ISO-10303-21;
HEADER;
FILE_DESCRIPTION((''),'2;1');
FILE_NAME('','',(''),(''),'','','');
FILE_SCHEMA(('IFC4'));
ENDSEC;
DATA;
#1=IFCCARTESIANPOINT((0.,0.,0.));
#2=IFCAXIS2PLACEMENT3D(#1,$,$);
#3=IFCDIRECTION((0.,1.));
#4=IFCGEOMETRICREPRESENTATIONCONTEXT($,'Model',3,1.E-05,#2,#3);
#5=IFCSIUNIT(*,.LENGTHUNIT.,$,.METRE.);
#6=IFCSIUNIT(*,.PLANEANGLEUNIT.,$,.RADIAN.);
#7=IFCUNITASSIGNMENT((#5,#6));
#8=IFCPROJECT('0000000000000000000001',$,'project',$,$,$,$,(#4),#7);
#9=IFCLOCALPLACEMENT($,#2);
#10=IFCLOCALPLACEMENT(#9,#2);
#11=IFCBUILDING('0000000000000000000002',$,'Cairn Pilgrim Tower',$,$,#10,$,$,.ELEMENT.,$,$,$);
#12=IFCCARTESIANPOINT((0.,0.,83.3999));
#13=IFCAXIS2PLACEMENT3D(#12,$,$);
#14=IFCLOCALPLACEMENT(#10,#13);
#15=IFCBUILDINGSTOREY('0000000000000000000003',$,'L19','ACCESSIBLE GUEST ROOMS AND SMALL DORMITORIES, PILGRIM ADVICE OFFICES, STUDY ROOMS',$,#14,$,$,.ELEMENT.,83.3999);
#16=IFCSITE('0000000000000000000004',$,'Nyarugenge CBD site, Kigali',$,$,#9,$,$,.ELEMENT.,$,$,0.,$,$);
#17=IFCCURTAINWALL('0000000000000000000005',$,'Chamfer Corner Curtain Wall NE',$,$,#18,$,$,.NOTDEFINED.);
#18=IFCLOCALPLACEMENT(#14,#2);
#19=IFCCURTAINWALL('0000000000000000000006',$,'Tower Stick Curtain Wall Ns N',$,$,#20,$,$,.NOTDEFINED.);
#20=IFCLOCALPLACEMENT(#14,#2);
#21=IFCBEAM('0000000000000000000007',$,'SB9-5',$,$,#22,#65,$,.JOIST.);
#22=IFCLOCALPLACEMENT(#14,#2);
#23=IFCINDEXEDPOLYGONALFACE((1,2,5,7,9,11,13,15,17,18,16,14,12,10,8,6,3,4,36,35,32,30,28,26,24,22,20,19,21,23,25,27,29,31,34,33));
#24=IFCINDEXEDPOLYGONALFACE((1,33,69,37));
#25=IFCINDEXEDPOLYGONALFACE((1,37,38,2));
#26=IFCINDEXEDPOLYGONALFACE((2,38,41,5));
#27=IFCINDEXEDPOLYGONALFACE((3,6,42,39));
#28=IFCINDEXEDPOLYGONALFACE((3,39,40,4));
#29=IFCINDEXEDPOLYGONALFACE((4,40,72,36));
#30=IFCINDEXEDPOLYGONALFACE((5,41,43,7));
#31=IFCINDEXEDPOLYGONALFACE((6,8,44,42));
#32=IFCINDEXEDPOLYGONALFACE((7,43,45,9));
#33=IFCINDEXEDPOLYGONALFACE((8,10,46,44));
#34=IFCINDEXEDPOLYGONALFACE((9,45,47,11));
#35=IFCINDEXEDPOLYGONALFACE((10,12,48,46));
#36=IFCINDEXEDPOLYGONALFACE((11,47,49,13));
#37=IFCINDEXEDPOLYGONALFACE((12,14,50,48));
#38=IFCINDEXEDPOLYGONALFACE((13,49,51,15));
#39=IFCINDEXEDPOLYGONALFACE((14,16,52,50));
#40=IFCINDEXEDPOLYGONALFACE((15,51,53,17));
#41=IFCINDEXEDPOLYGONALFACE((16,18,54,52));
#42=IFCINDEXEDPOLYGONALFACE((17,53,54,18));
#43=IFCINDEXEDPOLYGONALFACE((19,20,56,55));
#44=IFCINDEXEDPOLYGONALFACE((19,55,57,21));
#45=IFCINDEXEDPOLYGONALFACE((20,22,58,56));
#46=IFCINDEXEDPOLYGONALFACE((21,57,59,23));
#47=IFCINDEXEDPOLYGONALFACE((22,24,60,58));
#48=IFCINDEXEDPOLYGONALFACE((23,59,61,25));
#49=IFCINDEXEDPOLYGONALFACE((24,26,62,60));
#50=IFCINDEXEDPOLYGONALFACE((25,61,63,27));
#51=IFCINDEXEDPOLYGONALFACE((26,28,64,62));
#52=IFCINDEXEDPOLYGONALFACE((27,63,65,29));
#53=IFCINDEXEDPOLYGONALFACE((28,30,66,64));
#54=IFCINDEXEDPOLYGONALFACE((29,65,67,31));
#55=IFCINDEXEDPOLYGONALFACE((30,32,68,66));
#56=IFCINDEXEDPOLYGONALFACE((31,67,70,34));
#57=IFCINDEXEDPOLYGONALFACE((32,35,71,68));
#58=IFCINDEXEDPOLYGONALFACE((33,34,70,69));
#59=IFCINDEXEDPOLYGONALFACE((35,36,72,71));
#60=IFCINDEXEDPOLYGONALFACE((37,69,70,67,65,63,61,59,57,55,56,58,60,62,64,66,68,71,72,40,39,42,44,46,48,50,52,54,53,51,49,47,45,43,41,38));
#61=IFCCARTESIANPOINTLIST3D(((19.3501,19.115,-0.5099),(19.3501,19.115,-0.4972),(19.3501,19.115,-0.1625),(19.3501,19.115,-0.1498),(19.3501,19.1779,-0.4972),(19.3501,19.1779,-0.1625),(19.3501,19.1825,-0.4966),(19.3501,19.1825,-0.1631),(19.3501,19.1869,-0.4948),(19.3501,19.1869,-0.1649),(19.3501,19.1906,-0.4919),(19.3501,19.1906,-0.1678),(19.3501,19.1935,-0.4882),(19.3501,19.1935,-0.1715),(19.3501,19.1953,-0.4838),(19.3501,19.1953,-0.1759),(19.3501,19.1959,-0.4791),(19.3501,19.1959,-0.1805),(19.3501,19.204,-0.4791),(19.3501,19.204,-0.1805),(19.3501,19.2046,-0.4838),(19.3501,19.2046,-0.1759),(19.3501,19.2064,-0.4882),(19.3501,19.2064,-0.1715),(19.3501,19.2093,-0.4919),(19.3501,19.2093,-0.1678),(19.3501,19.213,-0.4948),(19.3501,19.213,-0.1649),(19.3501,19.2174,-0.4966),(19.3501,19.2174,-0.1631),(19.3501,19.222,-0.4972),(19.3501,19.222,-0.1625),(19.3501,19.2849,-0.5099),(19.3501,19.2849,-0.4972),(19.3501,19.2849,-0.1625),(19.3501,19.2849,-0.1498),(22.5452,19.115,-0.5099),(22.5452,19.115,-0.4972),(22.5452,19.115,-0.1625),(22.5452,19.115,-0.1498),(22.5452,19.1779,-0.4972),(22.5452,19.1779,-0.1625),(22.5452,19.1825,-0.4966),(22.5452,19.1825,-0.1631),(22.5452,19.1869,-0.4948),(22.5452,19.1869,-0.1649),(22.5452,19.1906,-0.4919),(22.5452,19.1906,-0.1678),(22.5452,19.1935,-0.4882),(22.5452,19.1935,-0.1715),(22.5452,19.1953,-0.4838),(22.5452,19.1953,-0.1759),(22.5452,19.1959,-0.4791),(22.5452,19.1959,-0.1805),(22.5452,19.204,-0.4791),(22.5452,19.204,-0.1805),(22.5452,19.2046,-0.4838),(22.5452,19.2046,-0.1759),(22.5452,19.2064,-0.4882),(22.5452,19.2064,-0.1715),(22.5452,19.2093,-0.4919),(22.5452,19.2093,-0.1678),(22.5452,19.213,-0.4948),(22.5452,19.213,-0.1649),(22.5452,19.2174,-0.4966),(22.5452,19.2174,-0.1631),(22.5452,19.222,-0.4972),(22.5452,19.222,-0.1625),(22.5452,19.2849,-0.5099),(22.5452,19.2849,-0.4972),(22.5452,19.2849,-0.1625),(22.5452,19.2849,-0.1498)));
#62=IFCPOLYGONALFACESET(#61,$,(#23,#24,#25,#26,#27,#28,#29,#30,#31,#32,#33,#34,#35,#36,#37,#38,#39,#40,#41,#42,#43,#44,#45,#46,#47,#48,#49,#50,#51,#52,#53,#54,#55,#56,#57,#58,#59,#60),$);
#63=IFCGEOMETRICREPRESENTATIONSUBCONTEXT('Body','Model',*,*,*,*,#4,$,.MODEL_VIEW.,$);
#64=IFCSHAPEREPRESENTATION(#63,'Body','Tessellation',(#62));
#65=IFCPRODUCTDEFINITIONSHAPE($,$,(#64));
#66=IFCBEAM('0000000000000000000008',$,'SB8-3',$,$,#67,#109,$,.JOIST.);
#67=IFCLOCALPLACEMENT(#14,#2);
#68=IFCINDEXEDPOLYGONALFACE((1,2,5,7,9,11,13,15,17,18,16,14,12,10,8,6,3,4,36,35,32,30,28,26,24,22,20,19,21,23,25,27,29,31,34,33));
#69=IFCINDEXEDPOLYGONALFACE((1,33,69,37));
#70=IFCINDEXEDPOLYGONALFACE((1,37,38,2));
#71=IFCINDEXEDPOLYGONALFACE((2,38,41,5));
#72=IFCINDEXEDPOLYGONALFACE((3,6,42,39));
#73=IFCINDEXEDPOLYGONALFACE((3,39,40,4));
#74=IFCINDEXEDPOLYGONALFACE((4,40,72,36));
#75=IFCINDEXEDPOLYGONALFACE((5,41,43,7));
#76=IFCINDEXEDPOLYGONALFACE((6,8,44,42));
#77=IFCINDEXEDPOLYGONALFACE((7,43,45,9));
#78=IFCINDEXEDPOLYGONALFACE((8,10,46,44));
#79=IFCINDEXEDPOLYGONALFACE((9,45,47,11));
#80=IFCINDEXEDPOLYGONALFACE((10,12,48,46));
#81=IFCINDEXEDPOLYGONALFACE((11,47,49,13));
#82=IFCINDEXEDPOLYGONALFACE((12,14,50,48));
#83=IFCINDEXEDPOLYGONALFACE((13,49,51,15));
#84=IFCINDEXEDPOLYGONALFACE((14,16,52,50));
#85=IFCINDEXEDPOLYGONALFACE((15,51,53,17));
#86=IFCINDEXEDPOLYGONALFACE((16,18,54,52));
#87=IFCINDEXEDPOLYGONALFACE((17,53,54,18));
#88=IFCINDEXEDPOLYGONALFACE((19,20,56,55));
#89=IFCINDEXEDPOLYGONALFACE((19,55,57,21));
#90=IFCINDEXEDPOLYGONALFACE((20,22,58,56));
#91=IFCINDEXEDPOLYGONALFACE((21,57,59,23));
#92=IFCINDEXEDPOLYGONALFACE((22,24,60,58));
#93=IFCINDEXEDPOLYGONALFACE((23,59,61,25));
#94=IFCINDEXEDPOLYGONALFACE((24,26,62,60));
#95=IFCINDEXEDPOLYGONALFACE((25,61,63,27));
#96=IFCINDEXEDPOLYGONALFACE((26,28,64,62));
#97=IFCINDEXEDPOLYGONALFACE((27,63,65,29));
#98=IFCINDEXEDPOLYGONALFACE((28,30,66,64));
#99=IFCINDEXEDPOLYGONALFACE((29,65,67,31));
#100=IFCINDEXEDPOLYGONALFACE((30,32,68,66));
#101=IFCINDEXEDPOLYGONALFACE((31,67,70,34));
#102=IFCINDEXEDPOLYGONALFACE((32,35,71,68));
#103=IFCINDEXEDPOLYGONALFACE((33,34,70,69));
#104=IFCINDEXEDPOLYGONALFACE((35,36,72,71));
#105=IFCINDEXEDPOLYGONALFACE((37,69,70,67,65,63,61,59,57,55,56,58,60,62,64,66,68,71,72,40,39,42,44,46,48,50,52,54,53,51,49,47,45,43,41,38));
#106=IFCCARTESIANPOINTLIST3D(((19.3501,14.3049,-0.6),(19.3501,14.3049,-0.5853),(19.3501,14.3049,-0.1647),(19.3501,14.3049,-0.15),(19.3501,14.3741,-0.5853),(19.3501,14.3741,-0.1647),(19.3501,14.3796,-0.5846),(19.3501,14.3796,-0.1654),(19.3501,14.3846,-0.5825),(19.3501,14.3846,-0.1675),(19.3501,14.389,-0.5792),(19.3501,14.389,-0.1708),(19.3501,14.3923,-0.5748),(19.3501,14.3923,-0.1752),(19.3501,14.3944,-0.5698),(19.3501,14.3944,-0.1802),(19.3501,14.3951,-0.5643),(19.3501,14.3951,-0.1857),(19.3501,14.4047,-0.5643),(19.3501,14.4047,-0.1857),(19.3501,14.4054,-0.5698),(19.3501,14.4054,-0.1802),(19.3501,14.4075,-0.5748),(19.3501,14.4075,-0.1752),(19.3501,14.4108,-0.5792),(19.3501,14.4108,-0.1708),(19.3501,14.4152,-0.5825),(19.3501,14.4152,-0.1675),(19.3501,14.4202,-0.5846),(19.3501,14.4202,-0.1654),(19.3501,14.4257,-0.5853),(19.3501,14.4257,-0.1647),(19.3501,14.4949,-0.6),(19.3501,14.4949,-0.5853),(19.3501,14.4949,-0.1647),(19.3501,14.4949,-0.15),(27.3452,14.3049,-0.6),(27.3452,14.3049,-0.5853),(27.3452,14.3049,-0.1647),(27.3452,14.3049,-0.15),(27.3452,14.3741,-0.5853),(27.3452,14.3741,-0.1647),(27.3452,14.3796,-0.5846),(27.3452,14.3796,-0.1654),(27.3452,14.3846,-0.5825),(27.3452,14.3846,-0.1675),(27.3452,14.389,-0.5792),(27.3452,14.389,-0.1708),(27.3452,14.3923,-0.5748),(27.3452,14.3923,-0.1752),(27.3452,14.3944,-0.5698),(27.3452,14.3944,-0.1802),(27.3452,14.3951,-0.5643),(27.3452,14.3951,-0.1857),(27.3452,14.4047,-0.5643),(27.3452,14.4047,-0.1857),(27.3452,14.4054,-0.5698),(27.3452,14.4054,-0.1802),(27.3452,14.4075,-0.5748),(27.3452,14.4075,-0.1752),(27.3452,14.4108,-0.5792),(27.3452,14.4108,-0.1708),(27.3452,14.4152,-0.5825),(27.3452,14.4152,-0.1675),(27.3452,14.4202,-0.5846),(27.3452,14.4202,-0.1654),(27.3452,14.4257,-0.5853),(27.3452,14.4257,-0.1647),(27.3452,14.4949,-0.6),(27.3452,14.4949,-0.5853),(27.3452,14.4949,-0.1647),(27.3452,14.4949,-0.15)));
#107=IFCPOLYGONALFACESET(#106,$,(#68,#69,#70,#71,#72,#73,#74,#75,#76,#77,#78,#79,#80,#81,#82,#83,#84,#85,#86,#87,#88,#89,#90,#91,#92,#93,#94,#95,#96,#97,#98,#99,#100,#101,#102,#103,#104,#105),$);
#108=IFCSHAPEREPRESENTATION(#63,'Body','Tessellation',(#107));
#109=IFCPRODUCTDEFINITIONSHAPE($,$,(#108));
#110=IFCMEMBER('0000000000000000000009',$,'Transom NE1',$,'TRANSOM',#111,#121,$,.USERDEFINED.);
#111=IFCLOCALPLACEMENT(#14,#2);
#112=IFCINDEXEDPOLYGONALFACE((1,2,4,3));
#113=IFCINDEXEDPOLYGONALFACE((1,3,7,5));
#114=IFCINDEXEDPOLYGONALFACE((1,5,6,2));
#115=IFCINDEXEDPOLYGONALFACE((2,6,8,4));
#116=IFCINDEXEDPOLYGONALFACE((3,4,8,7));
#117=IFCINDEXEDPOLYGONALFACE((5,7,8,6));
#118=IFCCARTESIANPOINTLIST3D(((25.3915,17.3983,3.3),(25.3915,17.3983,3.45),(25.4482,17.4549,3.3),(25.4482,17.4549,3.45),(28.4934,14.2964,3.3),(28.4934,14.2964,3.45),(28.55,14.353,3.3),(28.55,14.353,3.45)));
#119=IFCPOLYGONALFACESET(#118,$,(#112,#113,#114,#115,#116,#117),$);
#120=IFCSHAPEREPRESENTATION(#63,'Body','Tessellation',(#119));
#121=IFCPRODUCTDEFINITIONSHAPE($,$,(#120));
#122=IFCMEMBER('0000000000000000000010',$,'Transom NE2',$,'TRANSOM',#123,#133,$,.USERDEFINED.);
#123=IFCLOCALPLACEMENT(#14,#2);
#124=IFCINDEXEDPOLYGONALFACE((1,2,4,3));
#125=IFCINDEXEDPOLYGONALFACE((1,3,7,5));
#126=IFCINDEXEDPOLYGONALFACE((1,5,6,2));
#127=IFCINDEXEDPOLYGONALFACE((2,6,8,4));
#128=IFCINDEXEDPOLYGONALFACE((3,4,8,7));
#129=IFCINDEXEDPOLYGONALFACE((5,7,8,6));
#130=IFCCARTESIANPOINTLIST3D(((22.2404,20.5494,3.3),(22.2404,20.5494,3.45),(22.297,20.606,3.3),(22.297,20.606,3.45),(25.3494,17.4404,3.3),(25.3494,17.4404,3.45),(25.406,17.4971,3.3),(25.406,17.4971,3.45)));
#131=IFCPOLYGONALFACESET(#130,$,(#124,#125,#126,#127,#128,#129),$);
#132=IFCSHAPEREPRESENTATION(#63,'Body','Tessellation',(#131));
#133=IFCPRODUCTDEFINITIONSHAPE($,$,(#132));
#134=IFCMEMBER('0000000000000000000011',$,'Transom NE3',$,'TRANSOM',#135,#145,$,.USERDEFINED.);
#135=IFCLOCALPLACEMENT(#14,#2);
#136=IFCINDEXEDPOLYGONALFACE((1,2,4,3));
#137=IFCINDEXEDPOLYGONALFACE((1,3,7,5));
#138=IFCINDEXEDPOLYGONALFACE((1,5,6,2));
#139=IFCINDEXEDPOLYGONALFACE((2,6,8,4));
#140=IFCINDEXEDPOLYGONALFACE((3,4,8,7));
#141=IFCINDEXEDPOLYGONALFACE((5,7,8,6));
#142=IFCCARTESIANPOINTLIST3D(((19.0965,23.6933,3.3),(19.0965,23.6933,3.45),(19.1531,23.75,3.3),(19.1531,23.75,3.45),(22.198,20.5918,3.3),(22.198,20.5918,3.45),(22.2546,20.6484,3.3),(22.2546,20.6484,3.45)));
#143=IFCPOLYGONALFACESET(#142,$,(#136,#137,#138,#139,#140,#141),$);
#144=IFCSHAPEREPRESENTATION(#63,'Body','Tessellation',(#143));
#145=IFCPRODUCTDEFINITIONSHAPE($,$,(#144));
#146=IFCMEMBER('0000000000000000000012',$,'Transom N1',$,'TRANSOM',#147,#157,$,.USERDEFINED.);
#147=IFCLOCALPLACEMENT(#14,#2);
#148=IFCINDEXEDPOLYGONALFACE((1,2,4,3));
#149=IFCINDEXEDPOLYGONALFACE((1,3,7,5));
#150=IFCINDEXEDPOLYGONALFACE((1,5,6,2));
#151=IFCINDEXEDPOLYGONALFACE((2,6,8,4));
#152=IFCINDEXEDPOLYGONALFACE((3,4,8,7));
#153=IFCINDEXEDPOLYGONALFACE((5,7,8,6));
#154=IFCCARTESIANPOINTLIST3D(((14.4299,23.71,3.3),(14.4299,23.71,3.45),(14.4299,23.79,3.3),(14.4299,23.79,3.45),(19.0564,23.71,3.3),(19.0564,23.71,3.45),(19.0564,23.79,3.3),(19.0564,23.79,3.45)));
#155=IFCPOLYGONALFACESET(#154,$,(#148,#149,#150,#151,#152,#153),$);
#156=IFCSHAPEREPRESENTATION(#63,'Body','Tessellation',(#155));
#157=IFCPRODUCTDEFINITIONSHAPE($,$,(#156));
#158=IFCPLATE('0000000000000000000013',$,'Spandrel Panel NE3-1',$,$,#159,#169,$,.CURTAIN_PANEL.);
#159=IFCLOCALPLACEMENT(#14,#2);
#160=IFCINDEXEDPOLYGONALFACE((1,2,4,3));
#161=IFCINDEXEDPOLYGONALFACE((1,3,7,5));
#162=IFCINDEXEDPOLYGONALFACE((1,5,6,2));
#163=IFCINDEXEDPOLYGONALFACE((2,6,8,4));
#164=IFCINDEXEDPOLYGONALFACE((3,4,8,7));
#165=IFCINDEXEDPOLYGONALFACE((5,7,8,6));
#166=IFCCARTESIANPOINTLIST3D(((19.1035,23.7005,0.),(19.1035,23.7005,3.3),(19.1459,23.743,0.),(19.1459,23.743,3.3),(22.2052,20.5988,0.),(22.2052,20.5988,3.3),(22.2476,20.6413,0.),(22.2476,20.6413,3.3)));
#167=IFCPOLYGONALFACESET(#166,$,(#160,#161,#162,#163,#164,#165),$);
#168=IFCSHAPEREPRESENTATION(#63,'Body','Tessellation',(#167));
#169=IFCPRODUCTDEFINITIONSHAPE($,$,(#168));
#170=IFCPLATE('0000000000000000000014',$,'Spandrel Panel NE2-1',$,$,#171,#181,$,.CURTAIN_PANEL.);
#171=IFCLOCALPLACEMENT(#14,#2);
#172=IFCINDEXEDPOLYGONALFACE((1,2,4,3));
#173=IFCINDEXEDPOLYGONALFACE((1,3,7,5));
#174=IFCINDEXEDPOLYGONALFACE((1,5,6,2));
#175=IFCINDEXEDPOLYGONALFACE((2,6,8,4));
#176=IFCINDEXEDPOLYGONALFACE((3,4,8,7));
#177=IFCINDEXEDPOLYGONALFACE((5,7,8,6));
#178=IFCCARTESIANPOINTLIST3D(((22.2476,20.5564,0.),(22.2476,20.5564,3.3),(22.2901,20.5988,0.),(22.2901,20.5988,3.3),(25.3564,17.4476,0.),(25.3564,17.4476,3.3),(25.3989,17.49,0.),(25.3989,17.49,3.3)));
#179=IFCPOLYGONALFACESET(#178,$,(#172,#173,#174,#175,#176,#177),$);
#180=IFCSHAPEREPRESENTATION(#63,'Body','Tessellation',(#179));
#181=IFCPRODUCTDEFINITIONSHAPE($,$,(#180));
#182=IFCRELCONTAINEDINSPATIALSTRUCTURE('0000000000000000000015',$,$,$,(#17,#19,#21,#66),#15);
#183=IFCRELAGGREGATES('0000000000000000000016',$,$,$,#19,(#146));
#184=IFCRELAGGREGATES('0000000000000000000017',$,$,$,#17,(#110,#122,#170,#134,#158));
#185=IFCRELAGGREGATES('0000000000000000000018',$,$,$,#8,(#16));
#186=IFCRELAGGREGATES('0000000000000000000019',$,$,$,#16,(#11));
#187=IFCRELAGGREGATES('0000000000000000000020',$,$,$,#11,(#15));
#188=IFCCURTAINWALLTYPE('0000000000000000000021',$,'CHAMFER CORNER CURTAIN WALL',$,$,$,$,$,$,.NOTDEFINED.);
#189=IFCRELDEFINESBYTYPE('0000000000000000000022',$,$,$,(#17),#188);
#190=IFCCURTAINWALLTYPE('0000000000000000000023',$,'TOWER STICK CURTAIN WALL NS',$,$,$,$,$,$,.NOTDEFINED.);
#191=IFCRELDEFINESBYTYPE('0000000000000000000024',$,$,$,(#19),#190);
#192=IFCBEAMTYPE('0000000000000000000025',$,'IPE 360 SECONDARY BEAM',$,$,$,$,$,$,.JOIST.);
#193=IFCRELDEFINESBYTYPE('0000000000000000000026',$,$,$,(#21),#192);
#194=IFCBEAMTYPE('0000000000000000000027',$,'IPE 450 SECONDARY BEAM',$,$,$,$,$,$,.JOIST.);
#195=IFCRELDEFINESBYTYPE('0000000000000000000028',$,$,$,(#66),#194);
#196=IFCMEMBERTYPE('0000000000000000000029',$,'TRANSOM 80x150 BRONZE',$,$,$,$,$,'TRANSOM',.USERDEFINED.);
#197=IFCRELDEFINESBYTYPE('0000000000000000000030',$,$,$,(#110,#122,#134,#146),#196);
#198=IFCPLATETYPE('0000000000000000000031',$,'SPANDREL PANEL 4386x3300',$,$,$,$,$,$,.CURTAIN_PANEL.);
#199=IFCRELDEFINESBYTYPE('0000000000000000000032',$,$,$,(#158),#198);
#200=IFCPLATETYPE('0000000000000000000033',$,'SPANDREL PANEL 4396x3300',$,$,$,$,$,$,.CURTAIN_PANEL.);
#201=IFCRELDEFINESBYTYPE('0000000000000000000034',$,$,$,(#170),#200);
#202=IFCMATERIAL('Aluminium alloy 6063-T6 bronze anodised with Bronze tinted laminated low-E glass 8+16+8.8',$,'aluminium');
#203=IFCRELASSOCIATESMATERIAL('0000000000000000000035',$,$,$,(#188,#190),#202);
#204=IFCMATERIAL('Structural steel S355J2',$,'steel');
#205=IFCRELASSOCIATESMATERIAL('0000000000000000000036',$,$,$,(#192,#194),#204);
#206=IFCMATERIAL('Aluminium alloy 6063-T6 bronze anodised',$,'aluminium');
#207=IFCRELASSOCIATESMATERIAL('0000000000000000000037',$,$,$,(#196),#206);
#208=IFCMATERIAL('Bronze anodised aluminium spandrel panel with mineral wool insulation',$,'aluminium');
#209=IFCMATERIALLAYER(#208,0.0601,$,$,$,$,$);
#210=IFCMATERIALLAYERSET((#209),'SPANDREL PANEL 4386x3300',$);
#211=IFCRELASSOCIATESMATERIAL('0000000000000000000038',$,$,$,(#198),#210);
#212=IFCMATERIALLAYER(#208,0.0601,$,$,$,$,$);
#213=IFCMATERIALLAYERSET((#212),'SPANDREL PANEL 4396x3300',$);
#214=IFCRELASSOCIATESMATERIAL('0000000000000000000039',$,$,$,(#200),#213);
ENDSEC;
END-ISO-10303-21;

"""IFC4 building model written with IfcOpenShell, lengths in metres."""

from ifc_helpers import new_model, si_unit, direction, frame, origin, origin_2d, place, context, subcontext, project, spatial, rectangle, i_section, extrude, material, layer, layer_set, material_profile, profile_set, type_object, element, aggregate, save


model = new_model("IFC4")

# Units and contexts
model_context = context("Model", 3, precision=1e-05, world=origin(), true_north=direction((0.0, 1.0)))
body_context = subcontext(model_context, "Body", "Model", "MODEL_VIEW")
ifc_project = project(units=[si_unit("LENGTHUNIT", "METRE"), si_unit("PLANEANGLEUNIT", "RADIAN")], contexts=[model_context])

# Site, building, storey
site_placement = place(None, origin())
site = spatial("IfcSite", under=ifc_project, at=site_placement, Name="Nyarugenge CBD site, Kigali", CompositionType="ELEMENT", RefElevation=0.0)
building_placement = place(site_placement, origin())
building = spatial("IfcBuilding", under=site, at=building_placement, Name="Cairn Pilgrim Tower", CompositionType="ELEMENT")
storey_placement = place(building_placement, frame((0.0, 0.0, 83.3999)))
storey = spatial("IfcBuildingStorey", under=building, at=storey_placement, Name="L19", Description="ACCESSIBLE GUEST ROOMS AND SMALL DORMITORIES, PILGRIM ADVICE OFFICES, STUDY ROOMS", CompositionType="ELEMENT", Elevation=83.3999)

# Shared definitions
ifc_material_1 = material(Name="Structural steel S355J2", Category="steel")

# Curtain wall
ifc_material_2 = material(Name="Aluminium alloy 6063-T6 bronze anodised with Bronze tinted laminated low-E glass 8+16+8.8", Category="aluminium")
curtain_wall_type_1 = type_object("IfcCurtainWallType", Name="CHAMFER CORNER CURTAIN WALL", PredefinedType="NOTDEFINED", material=ifc_material_2)
curtain_wall_1_placement = place(storey_placement, origin())
curtain_wall_1 = element("IfcCurtainWall", 1, at=curtain_wall_1_placement, inside=storey, type_object=curtain_wall_type_1, Name="Chamfer Corner Curtain Wall NE", PredefinedType="NOTDEFINED")
ifc_material_3 = material(Name="Aluminium alloy 6063-T6 bronze anodised", Category="aluminium")

# Curtain wall
curtain_wall_type_2 = type_object("IfcCurtainWallType", Name="TOWER STICK CURTAIN WALL NS", PredefinedType="NOTDEFINED", material=ifc_material_2)
curtain_wall_2_placement = place(storey_placement, origin())
curtain_wall_2 = element("IfcCurtainWall", 2, at=curtain_wall_2_placement, inside=storey, type_object=curtain_wall_type_2, Name="Tower Stick Curtain Wall Ns N", PredefinedType="NOTDEFINED")

# Beams
ifc_material_profile_1 = material_profile(ifc_material_1, i_section(OverallWidth=0.1699, OverallDepth=0.3601, WebThickness=0.0081, FlangeThickness=0.0127, FilletRadius=0.0181, at=origin_2d()), Name="IPE 360")
ifc_profile_set_1 = profile_set([ifc_material_profile_1], Name="Structural steel S355J2")
beam_type_1 = type_object("IfcBeamType", Name="IPE 360 SECONDARY BEAM", PredefinedType="JOIST", material=ifc_profile_set_1)
beam_1_placement = place(storey_placement, frame((19.3501, 19.2, -0.3298), z_axis=(1.0, 0.0, 0.0), x_axis=(0.0, 1.0, 0.0)))
element("IfcBeam", 3, at=beam_1_placement, inside=storey, type_object=beam_type_1, Name="SB9-5", PredefinedType="JOIST", context=body_context, shape_type="SweptSolid", body=[
    extrude(i_section(OverallWidth=0.1699, OverallDepth=0.3601, WebThickness=0.0081, FlangeThickness=0.0127, FilletRadius=0.0181, at=origin_2d()), origin(), (0.0, 0.0, 1.0), 3.1951),
])
ifc_material_profile_2 = material_profile(ifc_material_1, i_section(OverallWidth=0.1899, OverallDepth=0.45, WebThickness=0.0095, FlangeThickness=0.0146, FilletRadius=0.021, at=origin_2d()), Name="IPE 450")
ifc_profile_set_2 = profile_set([ifc_material_profile_2], Name="Structural steel S355J2")
beam_type_2 = type_object("IfcBeamType", Name="IPE 450 SECONDARY BEAM", PredefinedType="JOIST", material=ifc_profile_set_2)
beam_2_placement = place(storey_placement, frame((19.3501, 14.3999, -0.375), z_axis=(1.0, 0.0, 0.0), x_axis=(0.0, 1.0, 0.0)))
element("IfcBeam", 4, at=beam_2_placement, inside=storey, type_object=beam_type_2, Name="SB8-3", PredefinedType="JOIST", context=body_context, shape_type="SweptSolid", body=[
    extrude(i_section(OverallWidth=0.1899, OverallDepth=0.45, WebThickness=0.0095, FlangeThickness=0.0146, FilletRadius=0.021, at=origin_2d()), origin(), (0.0, 0.0, 1.0), 7.9951),
])

# Members
ifc_material_profile_3 = material_profile(ifc_material_3, rectangle(XDim=0.0801, YDim=0.1499, at=origin_2d()), Name="TRANSOM 80x150 BRONZE")
ifc_profile_set_3 = profile_set([ifc_material_profile_3], Name="Aluminium alloy 6063-T6 bronze anodised")
member_type_1 = type_object("IfcMemberType", Name="TRANSOM 80x150 BRONZE", ElementType="TRANSOM", PredefinedType="USERDEFINED", material=ifc_profile_set_3)
member_1_placement = place(storey_placement, frame((28.5217, 14.3247, 3.375), z_axis=(-0.707107, 0.707107, 0.0), x_axis=(-0.707107, -0.707107, 0.0)))
member_1 = element("IfcMember", 5, at=member_1_placement, type_object=member_type_1, Name="Transom NE1", ObjectType="TRANSOM", PredefinedType="USERDEFINED", context=body_context, shape_type="SweptSolid", body=[
    extrude(rectangle(XDim=0.0801, YDim=0.1499, at=origin_2d()), origin(), (0.0, 0.0, 1.0), 4.3867),
])
member_2_placement = place(storey_placement, frame((25.3777, 17.4688, 3.375), z_axis=(-0.707107, 0.707107, 0.0), x_axis=(-0.707107, -0.707107, 0.0)))
member_2 = element("IfcMember", 6, at=member_2_placement, type_object=member_type_1, Name="Transom NE2", ObjectType="TRANSOM", PredefinedType="USERDEFINED", context=body_context, shape_type="SweptSolid", body=[
    extrude(rectangle(XDim=0.0801, YDim=0.1499, at=origin_2d()), origin(), (0.0, 0.0, 1.0), 4.3967),
])
member_3_placement = place(storey_placement, frame((22.2263, 20.6201, 3.375), z_axis=(-0.707107, 0.707107, 0.0), x_axis=(-0.707107, -0.707107, 0.0)))
member_3 = element("IfcMember", 7, at=member_3_placement, type_object=member_type_1, Name="Transom NE3", ObjectType="TRANSOM", PredefinedType="USERDEFINED", context=body_context, shape_type="SweptSolid", body=[
    extrude(rectangle(XDim=0.0801, YDim=0.1499, at=origin_2d()), origin(), (0.0, 0.0, 1.0), 4.3862),
])
member_4_placement = place(storey_placement, frame((19.0564, 23.75, 3.375), z_axis=(-1.0, 0.0, 0.0), x_axis=(0.0, -1.0, 0.0)))
member_4 = element("IfcMember", 8, at=member_4_placement, type_object=member_type_1, Name="Transom N1", ObjectType="TRANSOM", PredefinedType="USERDEFINED", context=body_context, shape_type="SweptSolid", body=[
    extrude(rectangle(XDim=0.0801, YDim=0.1499, at=origin_2d()), origin(), (0.0, 0.0, 1.0), 4.6265),
])
aggregate(curtain_wall_2, [member_4])

# Plates
ifc_material_4 = material(Name="Bronze anodised aluminium spandrel panel with mineral wool insulation", Category="aluminium")
ifc_layer_1 = layer(ifc_material_4, 0.0601)
ifc_layer_set_1 = layer_set([ifc_layer_1], Name="SPANDREL PANEL 4386x3300")
plate_type_1 = type_object("IfcPlateType", Name="SPANDREL PANEL 4386x3300", PredefinedType="CURTAIN_PANEL", material=ifc_layer_set_1)
plate_1_placement = place(storey_placement, frame((20.6755, 22.1709, 0.0), z_axis=(0.0, 0.0, 1.0), x_axis=(-0.707107, 0.707107, 0.0)))
plate_1 = element("IfcPlate", 9, at=plate_1_placement, type_object=plate_type_1, Name="Spandrel Panel NE3-1", PredefinedType="CURTAIN_PANEL", context=body_context, shape_type="SweptSolid", body=[
    extrude(rectangle(XDim=4.3865, YDim=0.0601, at=origin_2d()), origin(), (0.0, 0.0, 1.0), 3.3),
])
ifc_layer_2 = layer(ifc_material_4, 0.0601)
ifc_layer_set_2 = layer_set([ifc_layer_2], Name="SPANDREL PANEL 4396x3300")
plate_type_2 = type_object("IfcPlateType", Name="SPANDREL PANEL 4396x3300", PredefinedType="CURTAIN_PANEL", material=ifc_layer_set_2)
plate_2_placement = place(storey_placement, frame((23.8232, 19.0232, 0.0), z_axis=(0.0, 0.0, 1.0), x_axis=(-0.707107, 0.707107, 0.0)))
plate_2 = element("IfcPlate", 10, at=plate_2_placement, type_object=plate_type_2, Name="Spandrel Panel NE2-1", PredefinedType="CURTAIN_PANEL", context=body_context, shape_type="SweptSolid", body=[
    extrude(rectangle(XDim=4.3965, YDim=0.0601, at=origin_2d()), origin(), (0.0, 0.0, 1.0), 3.3),
])
aggregate(curtain_wall_1, [member_1, member_2, plate_2, member_3, plate_1])

save(model, "model.ifc")
